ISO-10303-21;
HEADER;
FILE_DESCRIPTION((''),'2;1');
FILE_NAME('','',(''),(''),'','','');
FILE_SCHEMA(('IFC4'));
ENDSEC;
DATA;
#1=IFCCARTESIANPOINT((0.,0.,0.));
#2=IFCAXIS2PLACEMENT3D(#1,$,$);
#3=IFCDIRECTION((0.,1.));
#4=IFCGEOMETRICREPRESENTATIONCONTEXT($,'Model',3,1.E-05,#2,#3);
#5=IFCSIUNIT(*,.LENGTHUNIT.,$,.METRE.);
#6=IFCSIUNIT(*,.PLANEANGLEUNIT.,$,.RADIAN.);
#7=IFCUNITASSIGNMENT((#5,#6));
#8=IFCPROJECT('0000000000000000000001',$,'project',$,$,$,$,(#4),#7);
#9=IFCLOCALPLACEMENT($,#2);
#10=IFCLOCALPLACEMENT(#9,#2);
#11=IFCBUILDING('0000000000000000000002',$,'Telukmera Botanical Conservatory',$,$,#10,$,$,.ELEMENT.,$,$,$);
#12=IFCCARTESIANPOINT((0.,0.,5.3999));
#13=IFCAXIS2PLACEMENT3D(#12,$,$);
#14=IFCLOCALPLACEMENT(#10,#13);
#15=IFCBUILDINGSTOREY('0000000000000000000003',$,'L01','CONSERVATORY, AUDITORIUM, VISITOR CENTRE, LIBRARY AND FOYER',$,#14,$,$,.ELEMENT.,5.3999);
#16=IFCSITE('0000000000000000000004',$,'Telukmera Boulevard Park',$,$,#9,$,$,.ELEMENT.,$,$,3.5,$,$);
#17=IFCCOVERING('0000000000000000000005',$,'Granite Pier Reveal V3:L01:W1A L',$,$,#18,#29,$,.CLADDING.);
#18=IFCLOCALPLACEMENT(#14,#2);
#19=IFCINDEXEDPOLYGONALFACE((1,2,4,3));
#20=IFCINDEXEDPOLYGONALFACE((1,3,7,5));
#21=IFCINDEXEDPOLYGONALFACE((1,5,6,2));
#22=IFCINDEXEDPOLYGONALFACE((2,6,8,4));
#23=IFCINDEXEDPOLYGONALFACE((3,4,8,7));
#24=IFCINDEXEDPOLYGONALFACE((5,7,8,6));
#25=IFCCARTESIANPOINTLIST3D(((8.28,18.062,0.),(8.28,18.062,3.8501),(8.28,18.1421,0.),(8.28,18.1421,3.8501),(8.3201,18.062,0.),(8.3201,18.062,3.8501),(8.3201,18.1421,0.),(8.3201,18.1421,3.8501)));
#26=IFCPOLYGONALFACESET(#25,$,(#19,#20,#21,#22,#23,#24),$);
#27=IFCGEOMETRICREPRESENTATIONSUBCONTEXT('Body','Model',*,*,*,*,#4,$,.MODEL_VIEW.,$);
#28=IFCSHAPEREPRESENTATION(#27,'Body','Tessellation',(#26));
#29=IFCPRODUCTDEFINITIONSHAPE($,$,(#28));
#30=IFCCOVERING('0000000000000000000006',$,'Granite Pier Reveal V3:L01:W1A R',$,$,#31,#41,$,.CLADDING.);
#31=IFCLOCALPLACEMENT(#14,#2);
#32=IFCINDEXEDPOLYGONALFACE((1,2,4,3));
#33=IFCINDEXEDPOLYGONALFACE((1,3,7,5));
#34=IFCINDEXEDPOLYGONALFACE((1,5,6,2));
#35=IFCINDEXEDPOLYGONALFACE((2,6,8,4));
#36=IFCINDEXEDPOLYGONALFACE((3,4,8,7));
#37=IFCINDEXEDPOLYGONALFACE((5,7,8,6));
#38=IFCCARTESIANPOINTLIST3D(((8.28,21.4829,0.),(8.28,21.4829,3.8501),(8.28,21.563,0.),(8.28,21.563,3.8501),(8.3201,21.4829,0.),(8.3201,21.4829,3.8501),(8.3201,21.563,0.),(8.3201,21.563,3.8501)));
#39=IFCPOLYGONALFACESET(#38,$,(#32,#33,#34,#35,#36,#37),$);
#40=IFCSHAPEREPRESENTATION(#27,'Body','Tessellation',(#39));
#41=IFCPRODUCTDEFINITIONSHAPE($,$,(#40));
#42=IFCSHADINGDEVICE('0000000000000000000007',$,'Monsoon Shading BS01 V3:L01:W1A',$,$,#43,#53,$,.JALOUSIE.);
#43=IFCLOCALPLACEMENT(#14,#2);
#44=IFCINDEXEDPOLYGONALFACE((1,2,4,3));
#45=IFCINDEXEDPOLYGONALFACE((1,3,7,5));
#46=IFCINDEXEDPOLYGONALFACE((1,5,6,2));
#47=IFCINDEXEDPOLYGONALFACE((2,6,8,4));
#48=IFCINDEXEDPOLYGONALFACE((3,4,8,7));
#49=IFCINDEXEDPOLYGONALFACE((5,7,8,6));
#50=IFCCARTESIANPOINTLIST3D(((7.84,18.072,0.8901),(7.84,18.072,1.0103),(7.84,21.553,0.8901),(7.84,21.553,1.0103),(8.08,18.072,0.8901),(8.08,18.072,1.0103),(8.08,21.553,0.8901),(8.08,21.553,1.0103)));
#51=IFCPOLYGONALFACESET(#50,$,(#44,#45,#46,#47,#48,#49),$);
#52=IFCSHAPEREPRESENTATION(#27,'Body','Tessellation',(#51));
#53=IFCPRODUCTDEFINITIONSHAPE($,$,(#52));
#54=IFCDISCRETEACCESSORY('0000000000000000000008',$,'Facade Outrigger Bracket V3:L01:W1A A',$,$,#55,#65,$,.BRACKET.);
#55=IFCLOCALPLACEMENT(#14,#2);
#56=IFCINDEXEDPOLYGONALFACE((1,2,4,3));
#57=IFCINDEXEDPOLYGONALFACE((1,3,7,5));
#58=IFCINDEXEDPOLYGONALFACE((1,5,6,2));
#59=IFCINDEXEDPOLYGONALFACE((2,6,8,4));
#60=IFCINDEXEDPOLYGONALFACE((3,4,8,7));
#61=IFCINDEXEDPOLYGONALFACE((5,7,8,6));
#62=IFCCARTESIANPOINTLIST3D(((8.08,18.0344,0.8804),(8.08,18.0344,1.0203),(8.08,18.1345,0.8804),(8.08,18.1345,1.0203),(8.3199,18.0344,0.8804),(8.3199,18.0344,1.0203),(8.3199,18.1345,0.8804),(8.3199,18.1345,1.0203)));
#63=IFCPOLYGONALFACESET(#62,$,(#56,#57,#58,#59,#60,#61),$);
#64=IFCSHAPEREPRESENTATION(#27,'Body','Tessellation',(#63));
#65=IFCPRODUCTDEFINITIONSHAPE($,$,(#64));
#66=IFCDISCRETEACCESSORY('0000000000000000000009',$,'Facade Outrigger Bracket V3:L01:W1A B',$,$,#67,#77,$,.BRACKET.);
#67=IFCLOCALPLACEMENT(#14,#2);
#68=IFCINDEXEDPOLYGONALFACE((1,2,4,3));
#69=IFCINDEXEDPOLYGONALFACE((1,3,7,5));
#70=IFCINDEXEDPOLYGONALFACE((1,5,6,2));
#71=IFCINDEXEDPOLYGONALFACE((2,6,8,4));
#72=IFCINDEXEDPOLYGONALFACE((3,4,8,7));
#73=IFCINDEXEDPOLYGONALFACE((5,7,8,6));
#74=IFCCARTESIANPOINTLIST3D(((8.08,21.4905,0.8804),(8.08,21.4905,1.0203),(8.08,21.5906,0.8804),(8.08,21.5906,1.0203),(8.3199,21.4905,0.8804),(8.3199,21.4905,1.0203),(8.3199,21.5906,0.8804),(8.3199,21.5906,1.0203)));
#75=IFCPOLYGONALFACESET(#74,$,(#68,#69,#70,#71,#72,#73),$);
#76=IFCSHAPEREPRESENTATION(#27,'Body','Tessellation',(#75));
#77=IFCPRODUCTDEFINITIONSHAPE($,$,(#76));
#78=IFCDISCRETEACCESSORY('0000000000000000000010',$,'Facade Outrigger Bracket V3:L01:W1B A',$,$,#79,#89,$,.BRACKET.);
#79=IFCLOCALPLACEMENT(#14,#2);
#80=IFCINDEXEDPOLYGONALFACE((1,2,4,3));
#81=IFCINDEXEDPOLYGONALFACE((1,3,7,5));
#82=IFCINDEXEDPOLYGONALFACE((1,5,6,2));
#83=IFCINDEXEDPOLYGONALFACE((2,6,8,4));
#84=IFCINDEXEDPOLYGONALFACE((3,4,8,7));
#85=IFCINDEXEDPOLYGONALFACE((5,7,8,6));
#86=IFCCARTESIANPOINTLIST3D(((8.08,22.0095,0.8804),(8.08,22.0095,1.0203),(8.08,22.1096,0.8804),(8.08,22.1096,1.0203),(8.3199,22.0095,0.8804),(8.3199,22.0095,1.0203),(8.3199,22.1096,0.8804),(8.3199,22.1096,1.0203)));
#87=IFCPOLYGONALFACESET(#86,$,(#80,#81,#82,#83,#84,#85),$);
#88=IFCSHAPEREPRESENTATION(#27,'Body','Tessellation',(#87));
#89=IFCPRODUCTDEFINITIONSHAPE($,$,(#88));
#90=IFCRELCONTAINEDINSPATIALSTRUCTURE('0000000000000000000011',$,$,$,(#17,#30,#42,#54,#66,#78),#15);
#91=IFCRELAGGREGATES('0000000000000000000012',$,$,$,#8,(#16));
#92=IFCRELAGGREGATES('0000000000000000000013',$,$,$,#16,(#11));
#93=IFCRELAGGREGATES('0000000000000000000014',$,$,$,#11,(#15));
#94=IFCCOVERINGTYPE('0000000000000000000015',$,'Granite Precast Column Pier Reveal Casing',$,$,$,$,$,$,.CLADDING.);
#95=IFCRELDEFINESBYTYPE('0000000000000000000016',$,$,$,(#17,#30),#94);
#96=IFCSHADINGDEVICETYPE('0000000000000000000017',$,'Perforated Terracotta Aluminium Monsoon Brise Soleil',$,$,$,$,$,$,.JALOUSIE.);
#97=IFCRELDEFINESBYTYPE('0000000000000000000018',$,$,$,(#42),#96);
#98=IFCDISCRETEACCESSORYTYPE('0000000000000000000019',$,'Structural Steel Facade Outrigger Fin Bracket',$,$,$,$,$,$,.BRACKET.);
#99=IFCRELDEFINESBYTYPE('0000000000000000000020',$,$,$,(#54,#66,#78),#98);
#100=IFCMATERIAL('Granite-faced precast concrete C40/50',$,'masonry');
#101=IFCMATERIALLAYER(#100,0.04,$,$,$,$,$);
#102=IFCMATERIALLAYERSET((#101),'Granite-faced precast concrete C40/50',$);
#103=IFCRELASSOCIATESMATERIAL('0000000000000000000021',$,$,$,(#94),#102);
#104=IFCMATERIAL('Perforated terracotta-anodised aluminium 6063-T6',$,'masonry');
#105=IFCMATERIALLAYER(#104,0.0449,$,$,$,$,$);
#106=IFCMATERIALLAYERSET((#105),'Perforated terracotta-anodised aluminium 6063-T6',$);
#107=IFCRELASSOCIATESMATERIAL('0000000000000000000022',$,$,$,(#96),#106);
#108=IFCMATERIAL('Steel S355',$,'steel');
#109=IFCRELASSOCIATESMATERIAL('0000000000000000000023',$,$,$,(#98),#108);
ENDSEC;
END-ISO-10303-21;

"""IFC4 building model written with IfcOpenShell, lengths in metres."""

from ifc_helpers import new_model, si_unit, direction, frame, origin, origin_2d, place, context, subcontext, project, spatial, rectangle, extrude, material, layer, layer_set, type_object, element, save


model = new_model("IFC4")

# Units and contexts
model_context = context("Model", 3, precision=1e-05, world=origin(), true_north=direction((0.0, 1.0)))
body_context = subcontext(model_context, "Body", "Model", "MODEL_VIEW")
ifc_project = project(units=[si_unit("LENGTHUNIT", "METRE"), si_unit("PLANEANGLEUNIT", "RADIAN")], contexts=[model_context])

# Site, building, storey
site_placement = place(None, origin())
site = spatial("IfcSite", under=ifc_project, at=site_placement, Name="Telukmera Boulevard Park", CompositionType="ELEMENT", RefElevation=3.5)
building_placement = place(site_placement, origin())
building = spatial("IfcBuilding", under=site, at=building_placement, Name="Telukmera Botanical Conservatory", CompositionType="ELEMENT")
storey_placement = place(building_placement, frame((0.0, 0.0, 5.3999)))
storey = spatial("IfcBuildingStorey", under=building, at=storey_placement, Name="L01", Description="CONSERVATORY, AUDITORIUM, VISITOR CENTRE, LIBRARY AND FOYER", CompositionType="ELEMENT", Elevation=5.3999)

# Coverings
ifc_material_1 = material(Name="Granite-faced precast concrete C40/50", Category="masonry")
ifc_layer_1 = layer(ifc_material_1, 0.04)
ifc_layer_set_1 = layer_set([ifc_layer_1], Name="Granite-faced precast concrete C40/50")
covering_type = type_object("IfcCoveringType", Name="Granite Precast Column Pier Reveal Casing", PredefinedType="CLADDING", material=ifc_layer_set_1)
for number, where, z_axis, x_axis, name in (
    (1, (8.3, 18.1021, 0.0), (0.0, 0.0, 1.0), (0.0, 1.0, 0.0), "Granite Pier Reveal V3:L01:W1A L"),
    (2, (8.3, 21.5229, 0.0), (0.0, 0.0, 1.0), (0.0, 1.0, 0.0), "Granite Pier Reveal V3:L01:W1A R"),
):
    element("IfcCovering", number, at=place(storey_placement, frame(where, z_axis=z_axis, x_axis=x_axis)), inside=storey, type_object=covering_type, Name=name, PredefinedType="CLADDING", context=body_context, shape_type="SweptSolid", body=[
        extrude(rectangle(XDim=0.0801, YDim=0.04, at=origin_2d()), origin(), (0.0, 0.0, 1.0), 3.8501),
    ])

# Shading device
ifc_material_2 = material(Name="Perforated terracotta-anodised aluminium 6063-T6", Category="masonry")
ifc_layer_2 = layer(ifc_material_2, 0.0449)
ifc_layer_set_2 = layer_set([ifc_layer_2], Name="Perforated terracotta-anodised aluminium 6063-T6")
shading_device_type = type_object("IfcShadingDeviceType", Name="Perforated Terracotta Aluminium Monsoon Brise Soleil", PredefinedType="JALOUSIE", material=ifc_layer_set_2)
shading_device_placement = place(storey_placement, frame((7.96, 19.8125, 0.8901), z_axis=(0.0, 0.0, 1.0), x_axis=(0.0, 1.0, 0.0)))
element("IfcShadingDevice", 3, at=shading_device_placement, inside=storey, type_object=shading_device_type, Name="Monsoon Shading BS01 V3:L01:W1A", PredefinedType="JALOUSIE", context=body_context, shape_type="SweptSolid", body=[
    extrude(rectangle(XDim=3.481, YDim=0.24, at=origin_2d()), origin(), (0.0, 0.0, 1.0), 0.1201),
])

# Discrete accessories
ifc_material_3 = material(Name="Steel S355", Category="steel")
discrete_accessory_type = type_object("IfcDiscreteAccessoryType", Name="Structural Steel Facade Outrigger Fin Bracket", PredefinedType="BRACKET", material=ifc_material_3)
for number, where, z_axis, x_axis, name in (
    (4, (8.2, 18.0845, 0.8804), (0.0, 0.0, 1.0), (0.0, 1.0, 0.0), "Facade Outrigger Bracket V3:L01:W1A A"),
    (5, (8.2, 21.5405, 0.8804), (0.0, 0.0, 1.0), (0.0, 1.0, 0.0), "Facade Outrigger Bracket V3:L01:W1A B"),
    (6, (8.2, 22.0596, 0.8804), (0.0, 0.0, 1.0), (0.0, 1.0, 0.0), "Facade Outrigger Bracket V3:L01:W1B A"),
):
    element("IfcDiscreteAccessory", number, at=place(storey_placement, frame(where, z_axis=z_axis, x_axis=x_axis)), inside=storey, type_object=discrete_accessory_type, Name=name, PredefinedType="BRACKET", context=body_context, shape_type="SweptSolid", body=[
        extrude(rectangle(XDim=0.1001, YDim=0.24, at=origin_2d()), origin(), (0.0, 0.0, 1.0), 0.1399),
    ])

save(model, "model.ifc")
